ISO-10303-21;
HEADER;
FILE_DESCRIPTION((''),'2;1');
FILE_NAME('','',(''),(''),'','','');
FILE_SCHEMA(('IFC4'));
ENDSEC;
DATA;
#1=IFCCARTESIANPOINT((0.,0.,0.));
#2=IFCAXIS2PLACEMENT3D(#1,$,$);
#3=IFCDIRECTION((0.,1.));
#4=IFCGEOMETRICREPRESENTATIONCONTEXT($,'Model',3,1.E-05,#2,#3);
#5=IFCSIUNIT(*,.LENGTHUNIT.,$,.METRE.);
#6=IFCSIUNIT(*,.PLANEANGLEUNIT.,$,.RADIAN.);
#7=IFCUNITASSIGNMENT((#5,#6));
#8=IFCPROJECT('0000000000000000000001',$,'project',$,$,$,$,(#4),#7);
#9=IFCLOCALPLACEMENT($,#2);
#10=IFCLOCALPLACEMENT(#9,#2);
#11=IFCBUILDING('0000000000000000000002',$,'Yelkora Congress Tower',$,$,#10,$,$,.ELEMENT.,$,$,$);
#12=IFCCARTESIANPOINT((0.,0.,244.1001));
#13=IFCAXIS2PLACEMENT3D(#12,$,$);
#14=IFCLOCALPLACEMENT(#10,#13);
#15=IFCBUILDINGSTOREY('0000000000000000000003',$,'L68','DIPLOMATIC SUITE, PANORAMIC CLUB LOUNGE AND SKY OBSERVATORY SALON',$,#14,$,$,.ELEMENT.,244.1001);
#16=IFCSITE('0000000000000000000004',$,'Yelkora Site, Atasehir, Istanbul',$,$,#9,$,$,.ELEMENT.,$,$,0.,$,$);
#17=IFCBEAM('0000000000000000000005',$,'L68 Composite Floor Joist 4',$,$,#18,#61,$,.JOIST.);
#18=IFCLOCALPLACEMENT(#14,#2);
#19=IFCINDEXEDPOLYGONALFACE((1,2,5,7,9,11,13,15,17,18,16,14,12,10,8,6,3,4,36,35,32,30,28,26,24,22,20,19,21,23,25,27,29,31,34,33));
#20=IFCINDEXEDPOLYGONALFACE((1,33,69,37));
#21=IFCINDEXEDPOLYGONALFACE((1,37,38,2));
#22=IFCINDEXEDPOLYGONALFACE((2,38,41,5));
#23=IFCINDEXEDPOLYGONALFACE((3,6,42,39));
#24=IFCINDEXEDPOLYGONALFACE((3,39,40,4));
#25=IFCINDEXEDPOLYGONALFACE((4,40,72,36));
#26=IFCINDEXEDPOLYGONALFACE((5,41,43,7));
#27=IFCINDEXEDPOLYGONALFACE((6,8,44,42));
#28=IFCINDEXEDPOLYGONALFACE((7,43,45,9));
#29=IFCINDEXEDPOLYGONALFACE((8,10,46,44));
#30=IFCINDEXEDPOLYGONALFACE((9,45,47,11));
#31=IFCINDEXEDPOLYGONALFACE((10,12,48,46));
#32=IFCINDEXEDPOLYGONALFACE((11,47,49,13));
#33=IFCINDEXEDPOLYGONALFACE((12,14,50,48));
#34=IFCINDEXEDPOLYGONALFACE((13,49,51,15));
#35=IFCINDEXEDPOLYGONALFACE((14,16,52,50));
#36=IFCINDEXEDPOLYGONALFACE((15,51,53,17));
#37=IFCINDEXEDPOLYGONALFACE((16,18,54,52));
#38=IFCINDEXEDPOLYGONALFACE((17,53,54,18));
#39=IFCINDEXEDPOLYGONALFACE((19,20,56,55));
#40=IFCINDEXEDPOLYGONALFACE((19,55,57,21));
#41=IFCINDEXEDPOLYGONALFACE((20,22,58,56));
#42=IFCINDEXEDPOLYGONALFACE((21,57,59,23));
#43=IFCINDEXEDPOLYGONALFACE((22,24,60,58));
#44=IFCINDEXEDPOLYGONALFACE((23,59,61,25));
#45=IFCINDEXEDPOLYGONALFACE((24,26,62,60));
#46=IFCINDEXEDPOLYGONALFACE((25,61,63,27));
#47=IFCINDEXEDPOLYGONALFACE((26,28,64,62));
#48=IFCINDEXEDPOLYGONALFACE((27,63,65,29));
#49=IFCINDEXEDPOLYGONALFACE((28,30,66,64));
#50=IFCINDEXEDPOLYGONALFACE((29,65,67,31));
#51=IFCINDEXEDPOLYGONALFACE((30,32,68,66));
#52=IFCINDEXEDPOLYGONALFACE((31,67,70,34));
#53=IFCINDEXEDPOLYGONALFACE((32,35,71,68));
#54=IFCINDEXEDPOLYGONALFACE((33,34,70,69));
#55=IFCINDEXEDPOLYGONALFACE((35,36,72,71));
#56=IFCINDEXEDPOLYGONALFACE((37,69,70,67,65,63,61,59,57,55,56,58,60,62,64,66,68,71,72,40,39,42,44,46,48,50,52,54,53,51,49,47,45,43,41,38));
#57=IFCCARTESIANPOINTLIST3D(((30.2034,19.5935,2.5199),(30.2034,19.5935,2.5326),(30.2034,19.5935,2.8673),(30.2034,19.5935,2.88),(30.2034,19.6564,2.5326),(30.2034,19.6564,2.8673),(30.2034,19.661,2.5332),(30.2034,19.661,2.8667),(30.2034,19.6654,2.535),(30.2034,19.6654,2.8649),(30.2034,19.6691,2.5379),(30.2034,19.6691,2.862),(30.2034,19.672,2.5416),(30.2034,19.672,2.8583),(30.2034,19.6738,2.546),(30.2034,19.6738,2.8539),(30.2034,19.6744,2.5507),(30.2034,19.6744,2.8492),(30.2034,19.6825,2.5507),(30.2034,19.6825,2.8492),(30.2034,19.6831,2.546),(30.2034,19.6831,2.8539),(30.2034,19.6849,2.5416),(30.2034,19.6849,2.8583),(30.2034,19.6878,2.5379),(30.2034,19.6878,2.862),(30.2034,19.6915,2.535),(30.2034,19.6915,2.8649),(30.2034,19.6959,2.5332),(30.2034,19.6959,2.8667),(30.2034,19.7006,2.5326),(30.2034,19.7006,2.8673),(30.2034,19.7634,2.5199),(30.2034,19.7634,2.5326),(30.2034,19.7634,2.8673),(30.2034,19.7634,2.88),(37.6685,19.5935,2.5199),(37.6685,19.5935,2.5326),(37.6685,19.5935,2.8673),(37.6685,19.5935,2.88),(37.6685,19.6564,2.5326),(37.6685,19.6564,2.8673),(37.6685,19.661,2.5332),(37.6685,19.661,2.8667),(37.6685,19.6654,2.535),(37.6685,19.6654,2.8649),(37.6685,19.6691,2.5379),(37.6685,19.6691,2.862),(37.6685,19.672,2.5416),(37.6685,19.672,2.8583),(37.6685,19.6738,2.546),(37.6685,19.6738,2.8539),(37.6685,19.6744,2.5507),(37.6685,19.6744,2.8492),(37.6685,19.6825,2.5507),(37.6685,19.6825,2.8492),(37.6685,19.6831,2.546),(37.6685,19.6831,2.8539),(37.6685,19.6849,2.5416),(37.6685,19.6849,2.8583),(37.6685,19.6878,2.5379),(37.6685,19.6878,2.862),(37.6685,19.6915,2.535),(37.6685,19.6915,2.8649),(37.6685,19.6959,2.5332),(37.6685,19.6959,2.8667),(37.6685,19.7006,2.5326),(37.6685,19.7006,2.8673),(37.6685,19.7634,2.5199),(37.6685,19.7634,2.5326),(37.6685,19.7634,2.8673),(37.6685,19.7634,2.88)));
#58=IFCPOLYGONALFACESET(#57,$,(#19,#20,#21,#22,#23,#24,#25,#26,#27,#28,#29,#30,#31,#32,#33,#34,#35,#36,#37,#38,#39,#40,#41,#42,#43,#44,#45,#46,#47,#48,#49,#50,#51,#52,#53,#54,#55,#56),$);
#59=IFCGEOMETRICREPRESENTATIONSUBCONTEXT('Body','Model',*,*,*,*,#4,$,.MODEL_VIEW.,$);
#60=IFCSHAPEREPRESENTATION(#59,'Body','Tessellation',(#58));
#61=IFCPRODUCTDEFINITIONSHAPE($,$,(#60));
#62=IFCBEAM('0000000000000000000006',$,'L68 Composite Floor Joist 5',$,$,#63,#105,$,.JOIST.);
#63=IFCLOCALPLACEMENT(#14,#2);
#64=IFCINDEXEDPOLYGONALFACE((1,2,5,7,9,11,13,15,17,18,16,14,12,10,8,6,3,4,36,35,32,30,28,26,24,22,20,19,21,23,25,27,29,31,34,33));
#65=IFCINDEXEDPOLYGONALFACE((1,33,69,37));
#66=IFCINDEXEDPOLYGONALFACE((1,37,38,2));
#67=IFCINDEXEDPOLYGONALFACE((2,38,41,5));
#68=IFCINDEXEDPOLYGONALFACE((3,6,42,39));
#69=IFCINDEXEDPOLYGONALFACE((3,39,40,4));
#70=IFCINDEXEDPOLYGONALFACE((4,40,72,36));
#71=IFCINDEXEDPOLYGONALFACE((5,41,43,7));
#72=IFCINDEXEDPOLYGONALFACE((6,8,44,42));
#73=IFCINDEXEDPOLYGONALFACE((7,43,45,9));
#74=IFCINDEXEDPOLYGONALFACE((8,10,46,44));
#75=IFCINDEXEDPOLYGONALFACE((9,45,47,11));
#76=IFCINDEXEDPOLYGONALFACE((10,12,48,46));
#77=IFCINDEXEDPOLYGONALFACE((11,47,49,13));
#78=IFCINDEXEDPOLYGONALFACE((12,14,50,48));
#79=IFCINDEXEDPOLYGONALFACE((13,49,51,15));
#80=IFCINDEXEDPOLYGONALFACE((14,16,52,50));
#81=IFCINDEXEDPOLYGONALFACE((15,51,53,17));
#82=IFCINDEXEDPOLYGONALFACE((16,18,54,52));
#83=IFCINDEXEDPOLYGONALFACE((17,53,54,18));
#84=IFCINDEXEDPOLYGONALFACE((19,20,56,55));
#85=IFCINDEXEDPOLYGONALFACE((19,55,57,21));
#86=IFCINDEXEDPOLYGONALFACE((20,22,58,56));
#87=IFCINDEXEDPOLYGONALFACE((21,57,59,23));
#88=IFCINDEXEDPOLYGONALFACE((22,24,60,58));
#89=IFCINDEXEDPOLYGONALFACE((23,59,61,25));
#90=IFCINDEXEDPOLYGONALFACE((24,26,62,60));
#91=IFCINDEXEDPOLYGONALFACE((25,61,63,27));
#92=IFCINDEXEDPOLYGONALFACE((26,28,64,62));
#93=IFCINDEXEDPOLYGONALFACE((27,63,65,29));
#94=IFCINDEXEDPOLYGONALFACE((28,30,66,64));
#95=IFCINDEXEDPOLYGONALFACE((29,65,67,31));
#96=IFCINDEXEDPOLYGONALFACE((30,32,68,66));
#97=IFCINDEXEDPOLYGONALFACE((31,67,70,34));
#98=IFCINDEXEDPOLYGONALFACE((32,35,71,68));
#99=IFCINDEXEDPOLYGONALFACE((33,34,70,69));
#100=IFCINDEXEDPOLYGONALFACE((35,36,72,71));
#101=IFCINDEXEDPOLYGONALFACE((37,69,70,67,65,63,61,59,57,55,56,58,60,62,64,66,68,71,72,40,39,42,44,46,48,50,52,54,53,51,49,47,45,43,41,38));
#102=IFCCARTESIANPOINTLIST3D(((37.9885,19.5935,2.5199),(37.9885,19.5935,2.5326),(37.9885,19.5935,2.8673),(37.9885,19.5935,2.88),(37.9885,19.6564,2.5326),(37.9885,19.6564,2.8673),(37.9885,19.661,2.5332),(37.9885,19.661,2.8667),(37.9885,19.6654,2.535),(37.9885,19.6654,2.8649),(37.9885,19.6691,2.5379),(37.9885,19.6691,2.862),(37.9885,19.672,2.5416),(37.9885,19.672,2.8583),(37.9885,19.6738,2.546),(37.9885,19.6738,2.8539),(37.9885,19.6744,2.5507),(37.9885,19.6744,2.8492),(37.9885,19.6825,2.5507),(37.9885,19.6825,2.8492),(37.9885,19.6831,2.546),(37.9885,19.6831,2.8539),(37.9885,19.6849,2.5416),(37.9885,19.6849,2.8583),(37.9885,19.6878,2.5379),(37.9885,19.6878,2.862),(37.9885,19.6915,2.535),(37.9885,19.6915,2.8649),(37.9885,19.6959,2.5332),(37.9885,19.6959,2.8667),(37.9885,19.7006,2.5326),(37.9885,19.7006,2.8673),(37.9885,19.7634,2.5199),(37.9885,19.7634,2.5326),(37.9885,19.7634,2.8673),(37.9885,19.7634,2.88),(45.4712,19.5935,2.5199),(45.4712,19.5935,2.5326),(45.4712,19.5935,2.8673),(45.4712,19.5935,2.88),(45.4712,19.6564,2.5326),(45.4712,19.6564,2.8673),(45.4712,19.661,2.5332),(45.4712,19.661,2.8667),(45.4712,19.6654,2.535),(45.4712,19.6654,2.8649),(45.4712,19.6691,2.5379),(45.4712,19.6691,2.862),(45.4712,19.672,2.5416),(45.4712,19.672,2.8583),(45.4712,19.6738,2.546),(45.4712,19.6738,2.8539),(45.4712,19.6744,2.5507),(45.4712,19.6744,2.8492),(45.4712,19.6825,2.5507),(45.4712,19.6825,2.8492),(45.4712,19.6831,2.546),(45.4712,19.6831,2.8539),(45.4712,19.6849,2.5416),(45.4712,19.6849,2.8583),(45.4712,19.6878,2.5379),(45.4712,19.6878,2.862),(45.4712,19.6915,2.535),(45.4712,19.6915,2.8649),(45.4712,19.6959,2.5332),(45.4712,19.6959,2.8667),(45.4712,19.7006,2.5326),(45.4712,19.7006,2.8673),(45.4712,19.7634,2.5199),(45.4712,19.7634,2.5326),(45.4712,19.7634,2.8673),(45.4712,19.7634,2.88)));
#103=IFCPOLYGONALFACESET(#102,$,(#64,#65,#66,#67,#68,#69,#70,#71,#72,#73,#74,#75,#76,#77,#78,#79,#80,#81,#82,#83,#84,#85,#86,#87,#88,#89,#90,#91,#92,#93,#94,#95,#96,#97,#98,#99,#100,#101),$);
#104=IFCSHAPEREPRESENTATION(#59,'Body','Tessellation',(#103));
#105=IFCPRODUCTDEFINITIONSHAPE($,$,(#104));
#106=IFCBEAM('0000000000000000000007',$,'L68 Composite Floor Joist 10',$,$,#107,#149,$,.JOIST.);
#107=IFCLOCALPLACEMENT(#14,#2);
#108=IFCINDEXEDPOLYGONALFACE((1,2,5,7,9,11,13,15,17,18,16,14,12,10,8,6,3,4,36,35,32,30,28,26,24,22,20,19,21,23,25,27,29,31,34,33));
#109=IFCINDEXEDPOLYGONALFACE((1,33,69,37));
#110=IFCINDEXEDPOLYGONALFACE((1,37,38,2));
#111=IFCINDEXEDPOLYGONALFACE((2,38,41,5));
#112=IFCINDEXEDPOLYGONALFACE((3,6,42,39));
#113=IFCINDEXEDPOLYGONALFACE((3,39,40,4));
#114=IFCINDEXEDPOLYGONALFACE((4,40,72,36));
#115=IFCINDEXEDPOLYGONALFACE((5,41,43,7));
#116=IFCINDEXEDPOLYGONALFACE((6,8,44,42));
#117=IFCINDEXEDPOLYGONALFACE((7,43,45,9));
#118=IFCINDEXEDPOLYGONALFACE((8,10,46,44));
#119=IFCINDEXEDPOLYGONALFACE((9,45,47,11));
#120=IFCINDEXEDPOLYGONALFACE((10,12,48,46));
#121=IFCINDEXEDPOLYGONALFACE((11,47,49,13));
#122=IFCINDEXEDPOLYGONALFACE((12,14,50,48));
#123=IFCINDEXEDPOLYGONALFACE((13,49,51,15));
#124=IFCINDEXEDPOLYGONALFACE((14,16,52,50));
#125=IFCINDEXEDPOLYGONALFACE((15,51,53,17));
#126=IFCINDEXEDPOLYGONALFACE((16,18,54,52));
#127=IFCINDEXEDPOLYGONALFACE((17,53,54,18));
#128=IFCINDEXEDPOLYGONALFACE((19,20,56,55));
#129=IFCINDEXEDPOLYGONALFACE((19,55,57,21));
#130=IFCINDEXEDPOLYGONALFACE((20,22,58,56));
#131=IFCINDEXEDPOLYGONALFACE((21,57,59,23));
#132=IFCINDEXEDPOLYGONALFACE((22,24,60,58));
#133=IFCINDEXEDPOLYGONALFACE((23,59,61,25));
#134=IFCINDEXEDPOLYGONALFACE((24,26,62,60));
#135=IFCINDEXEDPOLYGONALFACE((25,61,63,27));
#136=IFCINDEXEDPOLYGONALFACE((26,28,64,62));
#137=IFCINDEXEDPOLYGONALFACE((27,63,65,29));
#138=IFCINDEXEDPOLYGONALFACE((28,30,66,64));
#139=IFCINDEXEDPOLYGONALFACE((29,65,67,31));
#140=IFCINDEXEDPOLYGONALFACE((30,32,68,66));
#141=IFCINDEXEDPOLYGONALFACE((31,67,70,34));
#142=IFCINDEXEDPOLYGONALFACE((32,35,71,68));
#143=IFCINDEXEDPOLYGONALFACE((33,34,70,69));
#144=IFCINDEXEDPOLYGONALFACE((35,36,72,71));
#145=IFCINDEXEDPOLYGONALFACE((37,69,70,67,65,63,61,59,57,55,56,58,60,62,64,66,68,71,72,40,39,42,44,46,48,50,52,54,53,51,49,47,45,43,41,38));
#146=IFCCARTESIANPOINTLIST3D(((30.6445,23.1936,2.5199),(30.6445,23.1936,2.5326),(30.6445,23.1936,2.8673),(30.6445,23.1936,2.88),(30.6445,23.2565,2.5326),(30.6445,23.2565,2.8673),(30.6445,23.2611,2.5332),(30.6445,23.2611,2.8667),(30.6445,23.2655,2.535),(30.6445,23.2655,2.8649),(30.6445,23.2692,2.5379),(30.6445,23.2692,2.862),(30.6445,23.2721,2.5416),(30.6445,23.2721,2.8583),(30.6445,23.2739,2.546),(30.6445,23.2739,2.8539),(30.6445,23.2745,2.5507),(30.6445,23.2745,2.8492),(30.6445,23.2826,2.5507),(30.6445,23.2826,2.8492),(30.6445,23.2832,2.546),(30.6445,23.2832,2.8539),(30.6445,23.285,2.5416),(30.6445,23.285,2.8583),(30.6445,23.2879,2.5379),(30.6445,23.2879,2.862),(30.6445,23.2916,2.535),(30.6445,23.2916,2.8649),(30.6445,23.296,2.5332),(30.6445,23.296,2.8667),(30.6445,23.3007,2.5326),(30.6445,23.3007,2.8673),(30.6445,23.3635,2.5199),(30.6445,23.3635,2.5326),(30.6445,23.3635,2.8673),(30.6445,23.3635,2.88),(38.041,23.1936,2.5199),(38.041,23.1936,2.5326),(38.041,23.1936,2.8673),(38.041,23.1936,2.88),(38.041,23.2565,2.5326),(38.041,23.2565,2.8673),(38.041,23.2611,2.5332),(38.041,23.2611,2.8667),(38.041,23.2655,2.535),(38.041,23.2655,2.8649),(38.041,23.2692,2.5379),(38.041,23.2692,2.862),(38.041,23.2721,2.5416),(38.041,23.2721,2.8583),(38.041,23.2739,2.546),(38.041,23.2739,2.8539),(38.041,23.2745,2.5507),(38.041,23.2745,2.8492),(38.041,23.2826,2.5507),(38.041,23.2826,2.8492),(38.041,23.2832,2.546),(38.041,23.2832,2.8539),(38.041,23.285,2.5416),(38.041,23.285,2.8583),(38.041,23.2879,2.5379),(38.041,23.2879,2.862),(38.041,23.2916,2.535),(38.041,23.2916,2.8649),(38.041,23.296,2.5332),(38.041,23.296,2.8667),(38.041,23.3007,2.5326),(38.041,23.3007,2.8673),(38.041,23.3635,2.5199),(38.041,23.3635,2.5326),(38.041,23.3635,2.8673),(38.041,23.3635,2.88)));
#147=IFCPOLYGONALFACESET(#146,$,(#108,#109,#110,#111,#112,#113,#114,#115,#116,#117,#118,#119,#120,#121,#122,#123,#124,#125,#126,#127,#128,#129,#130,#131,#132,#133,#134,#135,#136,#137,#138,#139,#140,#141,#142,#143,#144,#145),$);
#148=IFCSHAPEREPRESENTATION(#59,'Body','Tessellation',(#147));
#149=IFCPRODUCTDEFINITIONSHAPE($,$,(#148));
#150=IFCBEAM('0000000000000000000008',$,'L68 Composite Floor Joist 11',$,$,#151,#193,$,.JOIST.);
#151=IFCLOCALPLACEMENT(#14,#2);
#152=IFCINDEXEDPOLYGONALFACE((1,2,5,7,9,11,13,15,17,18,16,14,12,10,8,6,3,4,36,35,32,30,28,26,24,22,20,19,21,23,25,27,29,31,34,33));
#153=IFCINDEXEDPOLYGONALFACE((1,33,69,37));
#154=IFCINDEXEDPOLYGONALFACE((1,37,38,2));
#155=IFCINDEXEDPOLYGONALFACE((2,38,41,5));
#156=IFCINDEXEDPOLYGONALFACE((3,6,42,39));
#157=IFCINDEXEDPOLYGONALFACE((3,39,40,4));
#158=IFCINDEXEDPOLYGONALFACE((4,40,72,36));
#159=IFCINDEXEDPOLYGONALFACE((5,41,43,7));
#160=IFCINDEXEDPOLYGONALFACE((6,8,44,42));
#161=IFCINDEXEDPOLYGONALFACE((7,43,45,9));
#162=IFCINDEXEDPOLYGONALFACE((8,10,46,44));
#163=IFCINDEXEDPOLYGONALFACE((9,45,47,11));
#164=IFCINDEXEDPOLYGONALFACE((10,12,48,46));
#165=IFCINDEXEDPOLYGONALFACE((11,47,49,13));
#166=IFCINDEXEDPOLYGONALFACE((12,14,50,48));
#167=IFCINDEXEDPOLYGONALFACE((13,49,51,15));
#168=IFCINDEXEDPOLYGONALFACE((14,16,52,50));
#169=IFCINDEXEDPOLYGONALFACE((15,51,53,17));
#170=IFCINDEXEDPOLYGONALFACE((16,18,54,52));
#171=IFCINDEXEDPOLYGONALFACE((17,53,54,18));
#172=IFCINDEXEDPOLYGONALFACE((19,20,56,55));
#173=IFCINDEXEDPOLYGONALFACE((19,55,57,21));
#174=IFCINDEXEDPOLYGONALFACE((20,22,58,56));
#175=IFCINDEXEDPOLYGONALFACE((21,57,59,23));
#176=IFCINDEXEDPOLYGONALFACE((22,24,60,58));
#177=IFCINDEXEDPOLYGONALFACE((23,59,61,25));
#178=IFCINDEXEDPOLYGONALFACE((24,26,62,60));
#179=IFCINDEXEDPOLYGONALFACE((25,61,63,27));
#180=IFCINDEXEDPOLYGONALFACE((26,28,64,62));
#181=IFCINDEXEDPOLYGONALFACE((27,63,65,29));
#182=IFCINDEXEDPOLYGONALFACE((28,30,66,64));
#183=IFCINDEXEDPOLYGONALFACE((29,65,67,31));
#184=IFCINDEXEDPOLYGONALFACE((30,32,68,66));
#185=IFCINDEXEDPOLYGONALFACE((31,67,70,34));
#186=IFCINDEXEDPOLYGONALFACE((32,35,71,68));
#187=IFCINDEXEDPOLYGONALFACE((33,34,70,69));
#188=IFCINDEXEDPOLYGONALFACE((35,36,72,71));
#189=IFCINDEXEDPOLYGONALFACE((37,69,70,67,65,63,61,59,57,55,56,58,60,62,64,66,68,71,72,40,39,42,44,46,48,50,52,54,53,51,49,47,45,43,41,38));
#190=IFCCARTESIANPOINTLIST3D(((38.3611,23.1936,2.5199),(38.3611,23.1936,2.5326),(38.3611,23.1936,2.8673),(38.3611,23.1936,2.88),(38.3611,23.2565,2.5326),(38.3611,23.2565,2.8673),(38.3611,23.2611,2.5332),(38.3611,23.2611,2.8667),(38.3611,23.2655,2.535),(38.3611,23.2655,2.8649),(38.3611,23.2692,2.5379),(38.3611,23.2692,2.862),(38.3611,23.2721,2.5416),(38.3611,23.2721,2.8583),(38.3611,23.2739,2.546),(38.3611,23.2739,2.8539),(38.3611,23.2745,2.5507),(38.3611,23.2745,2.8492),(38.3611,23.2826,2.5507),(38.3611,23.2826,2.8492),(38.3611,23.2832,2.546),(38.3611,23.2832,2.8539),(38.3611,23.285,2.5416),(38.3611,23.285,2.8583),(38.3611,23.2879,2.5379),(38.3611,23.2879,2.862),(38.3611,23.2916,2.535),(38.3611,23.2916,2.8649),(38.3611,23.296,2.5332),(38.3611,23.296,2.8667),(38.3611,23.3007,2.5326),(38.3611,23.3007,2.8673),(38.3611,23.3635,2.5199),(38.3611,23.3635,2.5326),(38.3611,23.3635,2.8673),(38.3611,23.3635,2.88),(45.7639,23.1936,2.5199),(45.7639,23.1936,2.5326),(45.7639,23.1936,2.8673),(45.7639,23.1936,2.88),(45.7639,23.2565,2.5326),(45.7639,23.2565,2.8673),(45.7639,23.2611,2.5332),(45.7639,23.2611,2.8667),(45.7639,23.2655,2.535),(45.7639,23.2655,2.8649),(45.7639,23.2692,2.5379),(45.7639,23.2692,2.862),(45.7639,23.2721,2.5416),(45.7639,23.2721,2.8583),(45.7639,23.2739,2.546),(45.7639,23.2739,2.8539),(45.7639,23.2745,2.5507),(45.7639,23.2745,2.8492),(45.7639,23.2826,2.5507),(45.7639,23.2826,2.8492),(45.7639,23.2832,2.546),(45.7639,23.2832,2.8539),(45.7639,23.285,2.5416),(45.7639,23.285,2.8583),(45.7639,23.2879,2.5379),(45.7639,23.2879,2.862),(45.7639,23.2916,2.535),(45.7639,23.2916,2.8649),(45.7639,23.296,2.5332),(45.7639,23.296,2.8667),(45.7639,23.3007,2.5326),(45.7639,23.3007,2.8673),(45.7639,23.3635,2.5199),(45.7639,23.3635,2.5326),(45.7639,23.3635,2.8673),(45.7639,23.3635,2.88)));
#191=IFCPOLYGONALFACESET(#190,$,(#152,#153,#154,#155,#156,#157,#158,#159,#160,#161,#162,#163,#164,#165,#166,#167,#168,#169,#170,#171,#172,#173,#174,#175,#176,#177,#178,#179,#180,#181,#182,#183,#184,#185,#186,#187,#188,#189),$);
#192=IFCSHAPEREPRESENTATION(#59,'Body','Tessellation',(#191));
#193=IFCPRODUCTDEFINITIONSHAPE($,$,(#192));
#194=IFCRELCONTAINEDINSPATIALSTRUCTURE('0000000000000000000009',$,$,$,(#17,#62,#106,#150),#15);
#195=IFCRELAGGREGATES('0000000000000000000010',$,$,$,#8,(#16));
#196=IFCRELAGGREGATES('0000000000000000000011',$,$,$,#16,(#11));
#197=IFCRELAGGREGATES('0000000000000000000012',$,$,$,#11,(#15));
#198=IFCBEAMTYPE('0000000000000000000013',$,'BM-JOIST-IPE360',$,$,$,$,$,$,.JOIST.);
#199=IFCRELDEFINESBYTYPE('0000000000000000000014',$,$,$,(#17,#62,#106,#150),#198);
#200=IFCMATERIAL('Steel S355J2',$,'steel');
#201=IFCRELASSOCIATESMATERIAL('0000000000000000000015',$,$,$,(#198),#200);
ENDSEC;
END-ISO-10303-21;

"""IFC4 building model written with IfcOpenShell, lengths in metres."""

from ifc_helpers import new_model, si_unit, direction, frame, origin, origin_2d, place, context, subcontext, project, spatial, i_section, extrude, material, material_profile, profile_set, type_object, element, save


model = new_model("IFC4")

# Units and contexts
model_context = context("Model", 3, precision=1e-05, world=origin(), true_north=direction((0.0, 1.0)))
body_context = subcontext(model_context, "Body", "Model", "MODEL_VIEW")
ifc_project = project(units=[si_unit("LENGTHUNIT", "METRE"), si_unit("PLANEANGLEUNIT", "RADIAN")], contexts=[model_context])

# Site, building, storey
site_placement = place(None, origin())
site = spatial("IfcSite", under=ifc_project, at=site_placement, Name="Yelkora Site, Atasehir, Istanbul", CompositionType="ELEMENT", RefElevation=0.0)
building_placement = place(site_placement, origin())
building = spatial("IfcBuilding", under=site, at=building_placement, Name="Yelkora Congress Tower", CompositionType="ELEMENT")
storey_placement = place(building_placement, frame((0.0, 0.0, 244.1001)))
storey = spatial("IfcBuildingStorey", under=building, at=storey_placement, Name="L68", Description="DIPLOMATIC SUITE, PANORAMIC CLUB LOUNGE AND SKY OBSERVATORY SALON", CompositionType="ELEMENT", Elevation=244.1001)

# Beams
ifc_material_1 = material(Name="Steel S355J2", Category="steel")
ifc_material_profile = material_profile(ifc_material_1, i_section(OverallWidth=0.1699, OverallDepth=0.3601, WebThickness=0.0081, FlangeThickness=0.0127, FilletRadius=0.0181, at=origin_2d()), Name="IPE 360")
ifc_profile_set = profile_set([ifc_material_profile], Name="Steel S355J2")
beam_type = type_object("IfcBeamType", Name="BM-JOIST-IPE360", PredefinedType="JOIST", material=ifc_profile_set)
beam_1_placement = place(storey_placement, frame((30.2034, 19.6785, 2.7), z_axis=(1.0, 0.0, 0.0), x_axis=(0.0, 1.0, 0.0)))
element("IfcBeam", 1, at=beam_1_placement, inside=storey, type_object=beam_type, Name="L68 Composite Floor Joist 4", PredefinedType="JOIST", context=body_context, shape_type="SweptSolid", body=[
    extrude(i_section(OverallWidth=0.1699, OverallDepth=0.3601, WebThickness=0.0081, FlangeThickness=0.0127, FilletRadius=0.0181, at=origin_2d()), origin(), (0.0, 0.0, 1.0), 7.4651),
])
beam_2_placement = place(storey_placement, frame((37.9885, 19.6785, 2.7), z_axis=(1.0, 0.0, 0.0), x_axis=(0.0, 1.0, 0.0)))
element("IfcBeam", 2, at=beam_2_placement, inside=storey, type_object=beam_type, Name="L68 Composite Floor Joist 5", PredefinedType="JOIST", context=body_context, shape_type="SweptSolid", body=[
    extrude(i_section(OverallWidth=0.1699, OverallDepth=0.3601, WebThickness=0.0081, FlangeThickness=0.0127, FilletRadius=0.0181, at=origin_2d()), origin(), (0.0, 0.0, 1.0), 7.4827),
])
beam_3_placement = place(storey_placement, frame((30.6445, 23.2786, 2.7), z_axis=(1.0, 0.0, 0.0), x_axis=(0.0, 1.0, 0.0)))
element("IfcBeam", 3, at=beam_3_placement, inside=storey, type_object=beam_type, Name="L68 Composite Floor Joist 10", PredefinedType="JOIST", context=body_context, shape_type="SweptSolid", body=[
    extrude(i_section(OverallWidth=0.1699, OverallDepth=0.3601, WebThickness=0.0081, FlangeThickness=0.0127, FilletRadius=0.0181, at=origin_2d()), origin(), (0.0, 0.0, 1.0), 7.3965),
])
beam_4_placement = place(storey_placement, frame((38.3611, 23.2786, 2.7), z_axis=(1.0, 0.0, 0.0), x_axis=(0.0, 1.0, 0.0)))
element("IfcBeam", 4, at=beam_4_placement, inside=storey, type_object=beam_type, Name="L68 Composite Floor Joist 11", PredefinedType="JOIST", context=body_context, shape_type="SweptSolid", body=[
    extrude(i_section(OverallWidth=0.1699, OverallDepth=0.3601, WebThickness=0.0081, FlangeThickness=0.0127, FilletRadius=0.0181, at=origin_2d()), origin(), (0.0, 0.0, 1.0), 7.4028),
])

save(model, "model.ifc")
